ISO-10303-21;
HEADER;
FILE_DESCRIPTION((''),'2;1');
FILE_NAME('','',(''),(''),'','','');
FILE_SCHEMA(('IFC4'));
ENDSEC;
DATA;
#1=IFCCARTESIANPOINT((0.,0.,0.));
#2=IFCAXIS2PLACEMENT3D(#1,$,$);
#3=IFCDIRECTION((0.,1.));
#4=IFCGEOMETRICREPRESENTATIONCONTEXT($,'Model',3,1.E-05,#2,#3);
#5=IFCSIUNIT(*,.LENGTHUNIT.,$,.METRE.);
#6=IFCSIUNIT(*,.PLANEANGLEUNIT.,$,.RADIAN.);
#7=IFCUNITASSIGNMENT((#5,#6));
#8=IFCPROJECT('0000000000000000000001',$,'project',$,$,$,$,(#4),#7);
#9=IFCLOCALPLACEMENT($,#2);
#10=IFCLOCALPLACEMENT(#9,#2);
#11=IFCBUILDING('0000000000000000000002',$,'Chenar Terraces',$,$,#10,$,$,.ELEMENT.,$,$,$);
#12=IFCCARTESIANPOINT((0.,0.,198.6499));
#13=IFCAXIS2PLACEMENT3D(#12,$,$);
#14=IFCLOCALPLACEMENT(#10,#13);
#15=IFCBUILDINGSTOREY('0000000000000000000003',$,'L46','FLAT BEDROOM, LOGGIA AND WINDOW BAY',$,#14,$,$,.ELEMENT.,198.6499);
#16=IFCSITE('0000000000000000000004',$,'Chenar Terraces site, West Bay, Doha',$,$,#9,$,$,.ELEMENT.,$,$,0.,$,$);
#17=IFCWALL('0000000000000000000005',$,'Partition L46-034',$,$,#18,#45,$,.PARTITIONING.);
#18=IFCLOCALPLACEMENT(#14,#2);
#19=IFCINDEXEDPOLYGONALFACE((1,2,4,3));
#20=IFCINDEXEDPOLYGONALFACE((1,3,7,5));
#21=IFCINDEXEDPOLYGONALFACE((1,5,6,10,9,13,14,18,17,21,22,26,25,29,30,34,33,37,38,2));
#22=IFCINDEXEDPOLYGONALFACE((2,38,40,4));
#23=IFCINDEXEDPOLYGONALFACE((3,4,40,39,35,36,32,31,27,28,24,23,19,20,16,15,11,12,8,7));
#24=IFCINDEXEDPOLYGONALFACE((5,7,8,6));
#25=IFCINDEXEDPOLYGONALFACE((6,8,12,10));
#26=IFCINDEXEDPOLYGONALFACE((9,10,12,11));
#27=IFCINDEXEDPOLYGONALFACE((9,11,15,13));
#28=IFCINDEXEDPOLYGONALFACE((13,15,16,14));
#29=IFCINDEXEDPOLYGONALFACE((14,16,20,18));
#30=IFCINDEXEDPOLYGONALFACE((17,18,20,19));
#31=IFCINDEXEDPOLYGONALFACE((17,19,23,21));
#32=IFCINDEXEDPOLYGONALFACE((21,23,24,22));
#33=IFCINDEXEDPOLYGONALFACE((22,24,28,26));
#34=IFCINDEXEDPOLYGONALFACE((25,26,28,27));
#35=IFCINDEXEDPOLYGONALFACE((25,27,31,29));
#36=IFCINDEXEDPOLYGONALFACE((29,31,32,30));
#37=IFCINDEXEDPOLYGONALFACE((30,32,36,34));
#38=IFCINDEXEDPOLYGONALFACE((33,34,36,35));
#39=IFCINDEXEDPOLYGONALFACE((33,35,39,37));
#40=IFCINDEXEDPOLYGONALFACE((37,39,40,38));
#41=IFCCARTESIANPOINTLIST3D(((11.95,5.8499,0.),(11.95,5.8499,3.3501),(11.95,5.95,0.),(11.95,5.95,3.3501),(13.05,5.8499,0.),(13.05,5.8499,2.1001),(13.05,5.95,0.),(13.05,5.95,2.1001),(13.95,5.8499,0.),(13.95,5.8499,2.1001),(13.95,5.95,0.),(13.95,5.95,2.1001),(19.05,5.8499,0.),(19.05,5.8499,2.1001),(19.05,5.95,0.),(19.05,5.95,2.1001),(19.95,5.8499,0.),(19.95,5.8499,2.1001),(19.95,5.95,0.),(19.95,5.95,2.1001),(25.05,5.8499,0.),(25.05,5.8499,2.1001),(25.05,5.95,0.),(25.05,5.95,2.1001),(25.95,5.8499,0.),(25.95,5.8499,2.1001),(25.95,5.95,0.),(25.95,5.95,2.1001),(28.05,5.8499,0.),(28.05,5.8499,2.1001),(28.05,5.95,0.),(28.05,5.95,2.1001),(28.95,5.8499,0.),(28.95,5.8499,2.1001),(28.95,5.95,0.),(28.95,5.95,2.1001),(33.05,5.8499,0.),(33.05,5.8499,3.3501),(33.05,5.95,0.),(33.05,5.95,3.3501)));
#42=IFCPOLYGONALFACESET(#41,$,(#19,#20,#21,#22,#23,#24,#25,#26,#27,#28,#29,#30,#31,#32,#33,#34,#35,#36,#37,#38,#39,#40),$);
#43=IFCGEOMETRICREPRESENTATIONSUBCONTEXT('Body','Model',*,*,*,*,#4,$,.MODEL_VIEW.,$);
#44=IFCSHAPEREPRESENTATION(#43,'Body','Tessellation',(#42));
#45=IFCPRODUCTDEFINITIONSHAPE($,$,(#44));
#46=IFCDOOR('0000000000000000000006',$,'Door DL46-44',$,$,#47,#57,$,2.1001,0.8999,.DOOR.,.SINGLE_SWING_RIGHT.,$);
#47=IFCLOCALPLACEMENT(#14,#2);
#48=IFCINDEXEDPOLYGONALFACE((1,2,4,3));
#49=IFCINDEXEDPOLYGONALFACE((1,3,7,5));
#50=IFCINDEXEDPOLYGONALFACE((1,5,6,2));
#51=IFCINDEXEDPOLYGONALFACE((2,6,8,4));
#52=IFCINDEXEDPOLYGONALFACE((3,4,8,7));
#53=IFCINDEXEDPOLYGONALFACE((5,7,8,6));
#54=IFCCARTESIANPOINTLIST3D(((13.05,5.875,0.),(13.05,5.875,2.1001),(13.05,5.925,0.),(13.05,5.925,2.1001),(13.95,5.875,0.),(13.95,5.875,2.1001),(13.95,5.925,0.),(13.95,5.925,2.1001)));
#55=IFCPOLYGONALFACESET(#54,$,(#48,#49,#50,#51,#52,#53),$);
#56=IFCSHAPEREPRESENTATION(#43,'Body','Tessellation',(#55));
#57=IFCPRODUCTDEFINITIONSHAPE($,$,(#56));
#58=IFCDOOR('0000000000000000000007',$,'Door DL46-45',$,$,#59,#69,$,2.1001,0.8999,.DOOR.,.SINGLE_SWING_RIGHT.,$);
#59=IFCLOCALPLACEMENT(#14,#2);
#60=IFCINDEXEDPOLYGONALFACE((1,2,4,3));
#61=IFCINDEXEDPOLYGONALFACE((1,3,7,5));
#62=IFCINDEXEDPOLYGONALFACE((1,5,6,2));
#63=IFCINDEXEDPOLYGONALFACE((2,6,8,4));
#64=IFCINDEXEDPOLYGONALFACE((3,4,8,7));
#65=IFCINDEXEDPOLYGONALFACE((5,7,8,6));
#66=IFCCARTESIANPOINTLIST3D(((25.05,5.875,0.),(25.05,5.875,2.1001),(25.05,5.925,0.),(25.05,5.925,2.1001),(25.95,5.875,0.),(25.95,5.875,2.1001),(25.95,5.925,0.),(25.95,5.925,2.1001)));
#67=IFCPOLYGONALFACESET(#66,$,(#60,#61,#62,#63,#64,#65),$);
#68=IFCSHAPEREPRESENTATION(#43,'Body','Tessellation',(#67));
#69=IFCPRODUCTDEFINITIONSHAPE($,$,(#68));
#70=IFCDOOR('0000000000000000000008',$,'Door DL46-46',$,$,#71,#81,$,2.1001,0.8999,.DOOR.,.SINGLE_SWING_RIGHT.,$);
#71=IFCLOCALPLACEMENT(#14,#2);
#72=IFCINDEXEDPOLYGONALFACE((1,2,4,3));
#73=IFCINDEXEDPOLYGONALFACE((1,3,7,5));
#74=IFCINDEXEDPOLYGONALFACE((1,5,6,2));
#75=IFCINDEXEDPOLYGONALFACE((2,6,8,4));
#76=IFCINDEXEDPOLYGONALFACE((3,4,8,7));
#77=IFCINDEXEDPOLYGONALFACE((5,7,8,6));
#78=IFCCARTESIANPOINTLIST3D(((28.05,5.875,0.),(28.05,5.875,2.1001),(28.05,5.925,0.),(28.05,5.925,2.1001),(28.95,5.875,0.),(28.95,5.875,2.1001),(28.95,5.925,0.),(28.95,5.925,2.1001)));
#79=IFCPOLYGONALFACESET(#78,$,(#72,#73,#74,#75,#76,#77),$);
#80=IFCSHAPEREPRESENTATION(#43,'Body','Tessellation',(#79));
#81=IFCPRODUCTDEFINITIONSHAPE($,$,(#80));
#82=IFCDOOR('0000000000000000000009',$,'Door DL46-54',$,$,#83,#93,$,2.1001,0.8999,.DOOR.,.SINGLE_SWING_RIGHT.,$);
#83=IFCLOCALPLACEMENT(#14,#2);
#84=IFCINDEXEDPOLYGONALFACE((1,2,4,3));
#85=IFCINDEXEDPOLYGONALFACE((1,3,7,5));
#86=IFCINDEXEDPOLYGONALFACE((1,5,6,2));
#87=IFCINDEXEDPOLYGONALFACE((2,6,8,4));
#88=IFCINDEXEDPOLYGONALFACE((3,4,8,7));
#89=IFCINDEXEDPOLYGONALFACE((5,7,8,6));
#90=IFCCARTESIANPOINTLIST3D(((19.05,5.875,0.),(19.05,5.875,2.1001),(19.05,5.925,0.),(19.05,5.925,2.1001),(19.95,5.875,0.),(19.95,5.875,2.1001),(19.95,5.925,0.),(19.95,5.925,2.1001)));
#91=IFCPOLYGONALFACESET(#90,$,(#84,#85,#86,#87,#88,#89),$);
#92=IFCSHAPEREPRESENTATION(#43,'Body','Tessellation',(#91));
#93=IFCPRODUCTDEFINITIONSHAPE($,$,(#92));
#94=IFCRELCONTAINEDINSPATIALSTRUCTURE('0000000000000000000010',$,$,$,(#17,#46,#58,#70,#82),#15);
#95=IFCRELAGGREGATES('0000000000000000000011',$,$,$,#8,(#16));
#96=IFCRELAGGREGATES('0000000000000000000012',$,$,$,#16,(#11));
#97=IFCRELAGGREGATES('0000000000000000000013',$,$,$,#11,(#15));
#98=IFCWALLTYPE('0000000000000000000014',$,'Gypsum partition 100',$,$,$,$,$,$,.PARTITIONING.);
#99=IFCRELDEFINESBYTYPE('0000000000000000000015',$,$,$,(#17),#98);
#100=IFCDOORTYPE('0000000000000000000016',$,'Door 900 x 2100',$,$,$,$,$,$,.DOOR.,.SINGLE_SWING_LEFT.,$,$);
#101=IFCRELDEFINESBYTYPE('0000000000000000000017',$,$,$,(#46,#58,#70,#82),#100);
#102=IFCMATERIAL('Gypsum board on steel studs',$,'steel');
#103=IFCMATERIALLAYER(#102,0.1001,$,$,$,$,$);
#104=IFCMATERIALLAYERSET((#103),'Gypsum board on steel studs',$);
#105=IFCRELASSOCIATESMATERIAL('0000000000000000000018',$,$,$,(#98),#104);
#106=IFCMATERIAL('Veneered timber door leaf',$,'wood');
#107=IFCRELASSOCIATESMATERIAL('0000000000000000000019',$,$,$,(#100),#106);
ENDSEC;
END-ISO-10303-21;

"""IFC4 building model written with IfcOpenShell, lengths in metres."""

from ifc_helpers import new_model, si_unit, direction, frame, frame_2d, origin, place, context, subcontext, project, spatial, rectangle, extrude, material, layer, layer_set, type_object, element, fill, save


model = new_model("IFC4")

# Units and contexts
model_context = context("Model", 3, precision=1e-05, world=origin(), true_north=direction((0.0, 1.0)))
body_context = subcontext(model_context, "Body", "Model", "MODEL_VIEW")
ifc_project = project(units=[si_unit("LENGTHUNIT", "METRE"), si_unit("PLANEANGLEUNIT", "RADIAN")], contexts=[model_context])

# Site, building, storey
site_placement = place(None, origin())
site = spatial("IfcSite", under=ifc_project, at=site_placement, Name="Chenar Terraces site, West Bay, Doha", CompositionType="ELEMENT", RefElevation=0.0)
building_placement = place(site_placement, origin())
building = spatial("IfcBuilding", under=site, at=building_placement, Name="Chenar Terraces", CompositionType="ELEMENT")
storey_placement = place(building_placement, frame((0.0, 0.0, 198.6499)))
storey = spatial("IfcBuildingStorey", under=building, at=storey_placement, Name="L46", Description="FLAT BEDROOM, LOGGIA AND WINDOW BAY", CompositionType="ELEMENT", Elevation=198.6499)

# Wall, openings, doors
ifc_material_1 = material(Name="Gypsum board on steel studs", Category="steel")
ifc_layer_1 = layer(ifc_material_1, 0.1001)
ifc_layer_set_1 = layer_set([ifc_layer_1], Name="Gypsum board on steel studs")
wall_type_1 = type_object("IfcWallType", Name="Gypsum partition 100", PredefinedType="PARTITIONING", material=ifc_layer_set_1)
wall_1_placement = place(storey_placement, frame((11.95, 5.8999, 0.0), z_axis=(0.0, 0.0, 1.0), x_axis=(1.0, 0.0, 0.0)))
wall_1 = element("IfcWall", 1, at=wall_1_placement, inside=storey, type_object=wall_type_1, Name="Partition L46-034", PredefinedType="PARTITIONING", context=body_context, shape_type="SweptSolid", body=[
    extrude(rectangle(XDim=21.1001, YDim=0.1001, at=frame_2d((10.55, 0.0))), origin(), (0.0, 0.0, 1.0), 3.3501),
])
opening_1_placement = place(wall_1_placement, frame((1.1001, 0.0, 0.0)))
opening_1 = element("IfcOpeningElement", 2, at=opening_1_placement, cuts=wall_1, PredefinedType="OPENING", context=body_context, shape_type="SweptSolid", body=[
    extrude(rectangle(XDim=0.8999, YDim=2.1001, at=frame_2d((0.45, 1.05))), frame((0.0, 0.0601, 0.0), z_axis=(0.0, -1.0, 0.0), x_axis=(1.0, 0.0, 0.0)), (0.0, 0.0, 1.0), 0.1201),
])
opening_2_placement = place(wall_1_placement, frame((13.1001, 0.0, 0.0)))
opening_2 = element("IfcOpeningElement", 3, at=opening_2_placement, cuts=wall_1, PredefinedType="OPENING", context=body_context, shape_type="SweptSolid", body=[
    extrude(rectangle(XDim=0.8999, YDim=2.1001, at=frame_2d((0.45, 1.05))), frame((0.0, 0.0601, 0.0), z_axis=(0.0, -1.0, 0.0), x_axis=(1.0, 0.0, 0.0)), (0.0, 0.0, 1.0), 0.1201),
])
opening_3_placement = place(wall_1_placement, frame((16.1001, 0.0, 0.0)))
opening_3 = element("IfcOpeningElement", 4, at=opening_3_placement, cuts=wall_1, PredefinedType="OPENING", context=body_context, shape_type="SweptSolid", body=[
    extrude(rectangle(XDim=0.8999, YDim=2.1001, at=frame_2d((0.45, 1.05))), frame((0.0, 0.0601, 0.0), z_axis=(0.0, -1.0, 0.0), x_axis=(1.0, 0.0, 0.0)), (0.0, 0.0, 1.0), 0.1201),
])
opening_4_placement = place(wall_1_placement, frame((7.1001, 0.0, 0.0)))
opening_4 = element("IfcOpeningElement", 5, at=opening_4_placement, cuts=wall_1, PredefinedType="OPENING", context=body_context, shape_type="SweptSolid", body=[
    extrude(rectangle(XDim=0.8999, YDim=2.1001, at=frame_2d((0.45, 1.05))), frame((0.0, 0.0601, 0.0), z_axis=(0.0, -1.0, 0.0), x_axis=(1.0, 0.0, 0.0)), (0.0, 0.0, 1.0), 0.1201),
])
ifc_material_2 = material(Name="Veneered timber door leaf", Category="wood")
door_type_1 = type_object("IfcDoorType", Name="Door 900 x 2100", OperationType="SINGLE_SWING_LEFT", PredefinedType="DOOR", material=ifc_material_2)
door_1_placement = place(opening_1_placement, frame((0.8999, 0.0, 0.0), z_axis=(0.0, 0.0, 1.0), x_axis=(-1.0, 0.0, 0.0)))
door_1 = element("IfcDoor", 6, at=door_1_placement, inside=storey, type_object=door_type_1, Name="Door DL46-44", OperationType="SINGLE_SWING_RIGHT", OverallHeight=2.1001, OverallWidth=0.8999, PredefinedType="DOOR", context=body_context, shape_type="SweptSolid", body=[
    extrude(rectangle(XDim=0.8999, YDim=2.1001, at=frame_2d((0.45, 1.05))), frame((0.0, 0.0249, 0.0), z_axis=(0.0, -1.0, 0.0), x_axis=(1.0, 0.0, 0.0)), (0.0, 0.0, 1.0), 0.05),
])
fill(opening_1, door_1)
door_2_placement = place(opening_2_placement, frame((0.8999, 0.0, 0.0), z_axis=(0.0, 0.0, 1.0), x_axis=(-1.0, 0.0, 0.0)))
door_2 = element("IfcDoor", 7, at=door_2_placement, inside=storey, type_object=door_type_1, Name="Door DL46-45", OperationType="SINGLE_SWING_RIGHT", OverallHeight=2.1001, OverallWidth=0.8999, PredefinedType="DOOR", context=body_context, shape_type="SweptSolid", body=[
    extrude(rectangle(XDim=0.8999, YDim=2.1001, at=frame_2d((0.45, 1.05))), frame((0.0, 0.0249, 0.0), z_axis=(0.0, -1.0, 0.0), x_axis=(1.0, 0.0, 0.0)), (0.0, 0.0, 1.0), 0.05),
])
fill(opening_2, door_2)
door_3_placement = place(opening_3_placement, frame((0.8999, 0.0, 0.0), z_axis=(0.0, 0.0, 1.0), x_axis=(-1.0, 0.0, 0.0)))
door_3 = element("IfcDoor", 8, at=door_3_placement, inside=storey, type_object=door_type_1, Name="Door DL46-46", OperationType="SINGLE_SWING_RIGHT", OverallHeight=2.1001, OverallWidth=0.8999, PredefinedType="DOOR", context=body_context, shape_type="SweptSolid", body=[
    extrude(rectangle(XDim=0.8999, YDim=2.1001, at=frame_2d((0.45, 1.05))), frame((0.0, 0.0249, 0.0), z_axis=(0.0, -1.0, 0.0), x_axis=(1.0, 0.0, 0.0)), (0.0, 0.0, 1.0), 0.05),
])
fill(opening_3, door_3)
door_4_placement = place(opening_4_placement, frame((0.8999, 0.0, 0.0), z_axis=(0.0, 0.0, 1.0), x_axis=(-1.0, 0.0, 0.0)))
door_4 = element("IfcDoor", 9, at=door_4_placement, inside=storey, type_object=door_type_1, Name="Door DL46-54", OperationType="SINGLE_SWING_RIGHT", OverallHeight=2.1001, OverallWidth=0.8999, PredefinedType="DOOR", context=body_context, shape_type="SweptSolid", body=[
    extrude(rectangle(XDim=0.8999, YDim=2.1001, at=frame_2d((0.45, 1.05))), frame((0.0, 0.0249, 0.0), z_axis=(0.0, -1.0, 0.0), x_axis=(1.0, 0.0, 0.0)), (0.0, 0.0, 1.0), 0.05),
])
fill(opening_4, door_4)

save(model, "model.ifc")
